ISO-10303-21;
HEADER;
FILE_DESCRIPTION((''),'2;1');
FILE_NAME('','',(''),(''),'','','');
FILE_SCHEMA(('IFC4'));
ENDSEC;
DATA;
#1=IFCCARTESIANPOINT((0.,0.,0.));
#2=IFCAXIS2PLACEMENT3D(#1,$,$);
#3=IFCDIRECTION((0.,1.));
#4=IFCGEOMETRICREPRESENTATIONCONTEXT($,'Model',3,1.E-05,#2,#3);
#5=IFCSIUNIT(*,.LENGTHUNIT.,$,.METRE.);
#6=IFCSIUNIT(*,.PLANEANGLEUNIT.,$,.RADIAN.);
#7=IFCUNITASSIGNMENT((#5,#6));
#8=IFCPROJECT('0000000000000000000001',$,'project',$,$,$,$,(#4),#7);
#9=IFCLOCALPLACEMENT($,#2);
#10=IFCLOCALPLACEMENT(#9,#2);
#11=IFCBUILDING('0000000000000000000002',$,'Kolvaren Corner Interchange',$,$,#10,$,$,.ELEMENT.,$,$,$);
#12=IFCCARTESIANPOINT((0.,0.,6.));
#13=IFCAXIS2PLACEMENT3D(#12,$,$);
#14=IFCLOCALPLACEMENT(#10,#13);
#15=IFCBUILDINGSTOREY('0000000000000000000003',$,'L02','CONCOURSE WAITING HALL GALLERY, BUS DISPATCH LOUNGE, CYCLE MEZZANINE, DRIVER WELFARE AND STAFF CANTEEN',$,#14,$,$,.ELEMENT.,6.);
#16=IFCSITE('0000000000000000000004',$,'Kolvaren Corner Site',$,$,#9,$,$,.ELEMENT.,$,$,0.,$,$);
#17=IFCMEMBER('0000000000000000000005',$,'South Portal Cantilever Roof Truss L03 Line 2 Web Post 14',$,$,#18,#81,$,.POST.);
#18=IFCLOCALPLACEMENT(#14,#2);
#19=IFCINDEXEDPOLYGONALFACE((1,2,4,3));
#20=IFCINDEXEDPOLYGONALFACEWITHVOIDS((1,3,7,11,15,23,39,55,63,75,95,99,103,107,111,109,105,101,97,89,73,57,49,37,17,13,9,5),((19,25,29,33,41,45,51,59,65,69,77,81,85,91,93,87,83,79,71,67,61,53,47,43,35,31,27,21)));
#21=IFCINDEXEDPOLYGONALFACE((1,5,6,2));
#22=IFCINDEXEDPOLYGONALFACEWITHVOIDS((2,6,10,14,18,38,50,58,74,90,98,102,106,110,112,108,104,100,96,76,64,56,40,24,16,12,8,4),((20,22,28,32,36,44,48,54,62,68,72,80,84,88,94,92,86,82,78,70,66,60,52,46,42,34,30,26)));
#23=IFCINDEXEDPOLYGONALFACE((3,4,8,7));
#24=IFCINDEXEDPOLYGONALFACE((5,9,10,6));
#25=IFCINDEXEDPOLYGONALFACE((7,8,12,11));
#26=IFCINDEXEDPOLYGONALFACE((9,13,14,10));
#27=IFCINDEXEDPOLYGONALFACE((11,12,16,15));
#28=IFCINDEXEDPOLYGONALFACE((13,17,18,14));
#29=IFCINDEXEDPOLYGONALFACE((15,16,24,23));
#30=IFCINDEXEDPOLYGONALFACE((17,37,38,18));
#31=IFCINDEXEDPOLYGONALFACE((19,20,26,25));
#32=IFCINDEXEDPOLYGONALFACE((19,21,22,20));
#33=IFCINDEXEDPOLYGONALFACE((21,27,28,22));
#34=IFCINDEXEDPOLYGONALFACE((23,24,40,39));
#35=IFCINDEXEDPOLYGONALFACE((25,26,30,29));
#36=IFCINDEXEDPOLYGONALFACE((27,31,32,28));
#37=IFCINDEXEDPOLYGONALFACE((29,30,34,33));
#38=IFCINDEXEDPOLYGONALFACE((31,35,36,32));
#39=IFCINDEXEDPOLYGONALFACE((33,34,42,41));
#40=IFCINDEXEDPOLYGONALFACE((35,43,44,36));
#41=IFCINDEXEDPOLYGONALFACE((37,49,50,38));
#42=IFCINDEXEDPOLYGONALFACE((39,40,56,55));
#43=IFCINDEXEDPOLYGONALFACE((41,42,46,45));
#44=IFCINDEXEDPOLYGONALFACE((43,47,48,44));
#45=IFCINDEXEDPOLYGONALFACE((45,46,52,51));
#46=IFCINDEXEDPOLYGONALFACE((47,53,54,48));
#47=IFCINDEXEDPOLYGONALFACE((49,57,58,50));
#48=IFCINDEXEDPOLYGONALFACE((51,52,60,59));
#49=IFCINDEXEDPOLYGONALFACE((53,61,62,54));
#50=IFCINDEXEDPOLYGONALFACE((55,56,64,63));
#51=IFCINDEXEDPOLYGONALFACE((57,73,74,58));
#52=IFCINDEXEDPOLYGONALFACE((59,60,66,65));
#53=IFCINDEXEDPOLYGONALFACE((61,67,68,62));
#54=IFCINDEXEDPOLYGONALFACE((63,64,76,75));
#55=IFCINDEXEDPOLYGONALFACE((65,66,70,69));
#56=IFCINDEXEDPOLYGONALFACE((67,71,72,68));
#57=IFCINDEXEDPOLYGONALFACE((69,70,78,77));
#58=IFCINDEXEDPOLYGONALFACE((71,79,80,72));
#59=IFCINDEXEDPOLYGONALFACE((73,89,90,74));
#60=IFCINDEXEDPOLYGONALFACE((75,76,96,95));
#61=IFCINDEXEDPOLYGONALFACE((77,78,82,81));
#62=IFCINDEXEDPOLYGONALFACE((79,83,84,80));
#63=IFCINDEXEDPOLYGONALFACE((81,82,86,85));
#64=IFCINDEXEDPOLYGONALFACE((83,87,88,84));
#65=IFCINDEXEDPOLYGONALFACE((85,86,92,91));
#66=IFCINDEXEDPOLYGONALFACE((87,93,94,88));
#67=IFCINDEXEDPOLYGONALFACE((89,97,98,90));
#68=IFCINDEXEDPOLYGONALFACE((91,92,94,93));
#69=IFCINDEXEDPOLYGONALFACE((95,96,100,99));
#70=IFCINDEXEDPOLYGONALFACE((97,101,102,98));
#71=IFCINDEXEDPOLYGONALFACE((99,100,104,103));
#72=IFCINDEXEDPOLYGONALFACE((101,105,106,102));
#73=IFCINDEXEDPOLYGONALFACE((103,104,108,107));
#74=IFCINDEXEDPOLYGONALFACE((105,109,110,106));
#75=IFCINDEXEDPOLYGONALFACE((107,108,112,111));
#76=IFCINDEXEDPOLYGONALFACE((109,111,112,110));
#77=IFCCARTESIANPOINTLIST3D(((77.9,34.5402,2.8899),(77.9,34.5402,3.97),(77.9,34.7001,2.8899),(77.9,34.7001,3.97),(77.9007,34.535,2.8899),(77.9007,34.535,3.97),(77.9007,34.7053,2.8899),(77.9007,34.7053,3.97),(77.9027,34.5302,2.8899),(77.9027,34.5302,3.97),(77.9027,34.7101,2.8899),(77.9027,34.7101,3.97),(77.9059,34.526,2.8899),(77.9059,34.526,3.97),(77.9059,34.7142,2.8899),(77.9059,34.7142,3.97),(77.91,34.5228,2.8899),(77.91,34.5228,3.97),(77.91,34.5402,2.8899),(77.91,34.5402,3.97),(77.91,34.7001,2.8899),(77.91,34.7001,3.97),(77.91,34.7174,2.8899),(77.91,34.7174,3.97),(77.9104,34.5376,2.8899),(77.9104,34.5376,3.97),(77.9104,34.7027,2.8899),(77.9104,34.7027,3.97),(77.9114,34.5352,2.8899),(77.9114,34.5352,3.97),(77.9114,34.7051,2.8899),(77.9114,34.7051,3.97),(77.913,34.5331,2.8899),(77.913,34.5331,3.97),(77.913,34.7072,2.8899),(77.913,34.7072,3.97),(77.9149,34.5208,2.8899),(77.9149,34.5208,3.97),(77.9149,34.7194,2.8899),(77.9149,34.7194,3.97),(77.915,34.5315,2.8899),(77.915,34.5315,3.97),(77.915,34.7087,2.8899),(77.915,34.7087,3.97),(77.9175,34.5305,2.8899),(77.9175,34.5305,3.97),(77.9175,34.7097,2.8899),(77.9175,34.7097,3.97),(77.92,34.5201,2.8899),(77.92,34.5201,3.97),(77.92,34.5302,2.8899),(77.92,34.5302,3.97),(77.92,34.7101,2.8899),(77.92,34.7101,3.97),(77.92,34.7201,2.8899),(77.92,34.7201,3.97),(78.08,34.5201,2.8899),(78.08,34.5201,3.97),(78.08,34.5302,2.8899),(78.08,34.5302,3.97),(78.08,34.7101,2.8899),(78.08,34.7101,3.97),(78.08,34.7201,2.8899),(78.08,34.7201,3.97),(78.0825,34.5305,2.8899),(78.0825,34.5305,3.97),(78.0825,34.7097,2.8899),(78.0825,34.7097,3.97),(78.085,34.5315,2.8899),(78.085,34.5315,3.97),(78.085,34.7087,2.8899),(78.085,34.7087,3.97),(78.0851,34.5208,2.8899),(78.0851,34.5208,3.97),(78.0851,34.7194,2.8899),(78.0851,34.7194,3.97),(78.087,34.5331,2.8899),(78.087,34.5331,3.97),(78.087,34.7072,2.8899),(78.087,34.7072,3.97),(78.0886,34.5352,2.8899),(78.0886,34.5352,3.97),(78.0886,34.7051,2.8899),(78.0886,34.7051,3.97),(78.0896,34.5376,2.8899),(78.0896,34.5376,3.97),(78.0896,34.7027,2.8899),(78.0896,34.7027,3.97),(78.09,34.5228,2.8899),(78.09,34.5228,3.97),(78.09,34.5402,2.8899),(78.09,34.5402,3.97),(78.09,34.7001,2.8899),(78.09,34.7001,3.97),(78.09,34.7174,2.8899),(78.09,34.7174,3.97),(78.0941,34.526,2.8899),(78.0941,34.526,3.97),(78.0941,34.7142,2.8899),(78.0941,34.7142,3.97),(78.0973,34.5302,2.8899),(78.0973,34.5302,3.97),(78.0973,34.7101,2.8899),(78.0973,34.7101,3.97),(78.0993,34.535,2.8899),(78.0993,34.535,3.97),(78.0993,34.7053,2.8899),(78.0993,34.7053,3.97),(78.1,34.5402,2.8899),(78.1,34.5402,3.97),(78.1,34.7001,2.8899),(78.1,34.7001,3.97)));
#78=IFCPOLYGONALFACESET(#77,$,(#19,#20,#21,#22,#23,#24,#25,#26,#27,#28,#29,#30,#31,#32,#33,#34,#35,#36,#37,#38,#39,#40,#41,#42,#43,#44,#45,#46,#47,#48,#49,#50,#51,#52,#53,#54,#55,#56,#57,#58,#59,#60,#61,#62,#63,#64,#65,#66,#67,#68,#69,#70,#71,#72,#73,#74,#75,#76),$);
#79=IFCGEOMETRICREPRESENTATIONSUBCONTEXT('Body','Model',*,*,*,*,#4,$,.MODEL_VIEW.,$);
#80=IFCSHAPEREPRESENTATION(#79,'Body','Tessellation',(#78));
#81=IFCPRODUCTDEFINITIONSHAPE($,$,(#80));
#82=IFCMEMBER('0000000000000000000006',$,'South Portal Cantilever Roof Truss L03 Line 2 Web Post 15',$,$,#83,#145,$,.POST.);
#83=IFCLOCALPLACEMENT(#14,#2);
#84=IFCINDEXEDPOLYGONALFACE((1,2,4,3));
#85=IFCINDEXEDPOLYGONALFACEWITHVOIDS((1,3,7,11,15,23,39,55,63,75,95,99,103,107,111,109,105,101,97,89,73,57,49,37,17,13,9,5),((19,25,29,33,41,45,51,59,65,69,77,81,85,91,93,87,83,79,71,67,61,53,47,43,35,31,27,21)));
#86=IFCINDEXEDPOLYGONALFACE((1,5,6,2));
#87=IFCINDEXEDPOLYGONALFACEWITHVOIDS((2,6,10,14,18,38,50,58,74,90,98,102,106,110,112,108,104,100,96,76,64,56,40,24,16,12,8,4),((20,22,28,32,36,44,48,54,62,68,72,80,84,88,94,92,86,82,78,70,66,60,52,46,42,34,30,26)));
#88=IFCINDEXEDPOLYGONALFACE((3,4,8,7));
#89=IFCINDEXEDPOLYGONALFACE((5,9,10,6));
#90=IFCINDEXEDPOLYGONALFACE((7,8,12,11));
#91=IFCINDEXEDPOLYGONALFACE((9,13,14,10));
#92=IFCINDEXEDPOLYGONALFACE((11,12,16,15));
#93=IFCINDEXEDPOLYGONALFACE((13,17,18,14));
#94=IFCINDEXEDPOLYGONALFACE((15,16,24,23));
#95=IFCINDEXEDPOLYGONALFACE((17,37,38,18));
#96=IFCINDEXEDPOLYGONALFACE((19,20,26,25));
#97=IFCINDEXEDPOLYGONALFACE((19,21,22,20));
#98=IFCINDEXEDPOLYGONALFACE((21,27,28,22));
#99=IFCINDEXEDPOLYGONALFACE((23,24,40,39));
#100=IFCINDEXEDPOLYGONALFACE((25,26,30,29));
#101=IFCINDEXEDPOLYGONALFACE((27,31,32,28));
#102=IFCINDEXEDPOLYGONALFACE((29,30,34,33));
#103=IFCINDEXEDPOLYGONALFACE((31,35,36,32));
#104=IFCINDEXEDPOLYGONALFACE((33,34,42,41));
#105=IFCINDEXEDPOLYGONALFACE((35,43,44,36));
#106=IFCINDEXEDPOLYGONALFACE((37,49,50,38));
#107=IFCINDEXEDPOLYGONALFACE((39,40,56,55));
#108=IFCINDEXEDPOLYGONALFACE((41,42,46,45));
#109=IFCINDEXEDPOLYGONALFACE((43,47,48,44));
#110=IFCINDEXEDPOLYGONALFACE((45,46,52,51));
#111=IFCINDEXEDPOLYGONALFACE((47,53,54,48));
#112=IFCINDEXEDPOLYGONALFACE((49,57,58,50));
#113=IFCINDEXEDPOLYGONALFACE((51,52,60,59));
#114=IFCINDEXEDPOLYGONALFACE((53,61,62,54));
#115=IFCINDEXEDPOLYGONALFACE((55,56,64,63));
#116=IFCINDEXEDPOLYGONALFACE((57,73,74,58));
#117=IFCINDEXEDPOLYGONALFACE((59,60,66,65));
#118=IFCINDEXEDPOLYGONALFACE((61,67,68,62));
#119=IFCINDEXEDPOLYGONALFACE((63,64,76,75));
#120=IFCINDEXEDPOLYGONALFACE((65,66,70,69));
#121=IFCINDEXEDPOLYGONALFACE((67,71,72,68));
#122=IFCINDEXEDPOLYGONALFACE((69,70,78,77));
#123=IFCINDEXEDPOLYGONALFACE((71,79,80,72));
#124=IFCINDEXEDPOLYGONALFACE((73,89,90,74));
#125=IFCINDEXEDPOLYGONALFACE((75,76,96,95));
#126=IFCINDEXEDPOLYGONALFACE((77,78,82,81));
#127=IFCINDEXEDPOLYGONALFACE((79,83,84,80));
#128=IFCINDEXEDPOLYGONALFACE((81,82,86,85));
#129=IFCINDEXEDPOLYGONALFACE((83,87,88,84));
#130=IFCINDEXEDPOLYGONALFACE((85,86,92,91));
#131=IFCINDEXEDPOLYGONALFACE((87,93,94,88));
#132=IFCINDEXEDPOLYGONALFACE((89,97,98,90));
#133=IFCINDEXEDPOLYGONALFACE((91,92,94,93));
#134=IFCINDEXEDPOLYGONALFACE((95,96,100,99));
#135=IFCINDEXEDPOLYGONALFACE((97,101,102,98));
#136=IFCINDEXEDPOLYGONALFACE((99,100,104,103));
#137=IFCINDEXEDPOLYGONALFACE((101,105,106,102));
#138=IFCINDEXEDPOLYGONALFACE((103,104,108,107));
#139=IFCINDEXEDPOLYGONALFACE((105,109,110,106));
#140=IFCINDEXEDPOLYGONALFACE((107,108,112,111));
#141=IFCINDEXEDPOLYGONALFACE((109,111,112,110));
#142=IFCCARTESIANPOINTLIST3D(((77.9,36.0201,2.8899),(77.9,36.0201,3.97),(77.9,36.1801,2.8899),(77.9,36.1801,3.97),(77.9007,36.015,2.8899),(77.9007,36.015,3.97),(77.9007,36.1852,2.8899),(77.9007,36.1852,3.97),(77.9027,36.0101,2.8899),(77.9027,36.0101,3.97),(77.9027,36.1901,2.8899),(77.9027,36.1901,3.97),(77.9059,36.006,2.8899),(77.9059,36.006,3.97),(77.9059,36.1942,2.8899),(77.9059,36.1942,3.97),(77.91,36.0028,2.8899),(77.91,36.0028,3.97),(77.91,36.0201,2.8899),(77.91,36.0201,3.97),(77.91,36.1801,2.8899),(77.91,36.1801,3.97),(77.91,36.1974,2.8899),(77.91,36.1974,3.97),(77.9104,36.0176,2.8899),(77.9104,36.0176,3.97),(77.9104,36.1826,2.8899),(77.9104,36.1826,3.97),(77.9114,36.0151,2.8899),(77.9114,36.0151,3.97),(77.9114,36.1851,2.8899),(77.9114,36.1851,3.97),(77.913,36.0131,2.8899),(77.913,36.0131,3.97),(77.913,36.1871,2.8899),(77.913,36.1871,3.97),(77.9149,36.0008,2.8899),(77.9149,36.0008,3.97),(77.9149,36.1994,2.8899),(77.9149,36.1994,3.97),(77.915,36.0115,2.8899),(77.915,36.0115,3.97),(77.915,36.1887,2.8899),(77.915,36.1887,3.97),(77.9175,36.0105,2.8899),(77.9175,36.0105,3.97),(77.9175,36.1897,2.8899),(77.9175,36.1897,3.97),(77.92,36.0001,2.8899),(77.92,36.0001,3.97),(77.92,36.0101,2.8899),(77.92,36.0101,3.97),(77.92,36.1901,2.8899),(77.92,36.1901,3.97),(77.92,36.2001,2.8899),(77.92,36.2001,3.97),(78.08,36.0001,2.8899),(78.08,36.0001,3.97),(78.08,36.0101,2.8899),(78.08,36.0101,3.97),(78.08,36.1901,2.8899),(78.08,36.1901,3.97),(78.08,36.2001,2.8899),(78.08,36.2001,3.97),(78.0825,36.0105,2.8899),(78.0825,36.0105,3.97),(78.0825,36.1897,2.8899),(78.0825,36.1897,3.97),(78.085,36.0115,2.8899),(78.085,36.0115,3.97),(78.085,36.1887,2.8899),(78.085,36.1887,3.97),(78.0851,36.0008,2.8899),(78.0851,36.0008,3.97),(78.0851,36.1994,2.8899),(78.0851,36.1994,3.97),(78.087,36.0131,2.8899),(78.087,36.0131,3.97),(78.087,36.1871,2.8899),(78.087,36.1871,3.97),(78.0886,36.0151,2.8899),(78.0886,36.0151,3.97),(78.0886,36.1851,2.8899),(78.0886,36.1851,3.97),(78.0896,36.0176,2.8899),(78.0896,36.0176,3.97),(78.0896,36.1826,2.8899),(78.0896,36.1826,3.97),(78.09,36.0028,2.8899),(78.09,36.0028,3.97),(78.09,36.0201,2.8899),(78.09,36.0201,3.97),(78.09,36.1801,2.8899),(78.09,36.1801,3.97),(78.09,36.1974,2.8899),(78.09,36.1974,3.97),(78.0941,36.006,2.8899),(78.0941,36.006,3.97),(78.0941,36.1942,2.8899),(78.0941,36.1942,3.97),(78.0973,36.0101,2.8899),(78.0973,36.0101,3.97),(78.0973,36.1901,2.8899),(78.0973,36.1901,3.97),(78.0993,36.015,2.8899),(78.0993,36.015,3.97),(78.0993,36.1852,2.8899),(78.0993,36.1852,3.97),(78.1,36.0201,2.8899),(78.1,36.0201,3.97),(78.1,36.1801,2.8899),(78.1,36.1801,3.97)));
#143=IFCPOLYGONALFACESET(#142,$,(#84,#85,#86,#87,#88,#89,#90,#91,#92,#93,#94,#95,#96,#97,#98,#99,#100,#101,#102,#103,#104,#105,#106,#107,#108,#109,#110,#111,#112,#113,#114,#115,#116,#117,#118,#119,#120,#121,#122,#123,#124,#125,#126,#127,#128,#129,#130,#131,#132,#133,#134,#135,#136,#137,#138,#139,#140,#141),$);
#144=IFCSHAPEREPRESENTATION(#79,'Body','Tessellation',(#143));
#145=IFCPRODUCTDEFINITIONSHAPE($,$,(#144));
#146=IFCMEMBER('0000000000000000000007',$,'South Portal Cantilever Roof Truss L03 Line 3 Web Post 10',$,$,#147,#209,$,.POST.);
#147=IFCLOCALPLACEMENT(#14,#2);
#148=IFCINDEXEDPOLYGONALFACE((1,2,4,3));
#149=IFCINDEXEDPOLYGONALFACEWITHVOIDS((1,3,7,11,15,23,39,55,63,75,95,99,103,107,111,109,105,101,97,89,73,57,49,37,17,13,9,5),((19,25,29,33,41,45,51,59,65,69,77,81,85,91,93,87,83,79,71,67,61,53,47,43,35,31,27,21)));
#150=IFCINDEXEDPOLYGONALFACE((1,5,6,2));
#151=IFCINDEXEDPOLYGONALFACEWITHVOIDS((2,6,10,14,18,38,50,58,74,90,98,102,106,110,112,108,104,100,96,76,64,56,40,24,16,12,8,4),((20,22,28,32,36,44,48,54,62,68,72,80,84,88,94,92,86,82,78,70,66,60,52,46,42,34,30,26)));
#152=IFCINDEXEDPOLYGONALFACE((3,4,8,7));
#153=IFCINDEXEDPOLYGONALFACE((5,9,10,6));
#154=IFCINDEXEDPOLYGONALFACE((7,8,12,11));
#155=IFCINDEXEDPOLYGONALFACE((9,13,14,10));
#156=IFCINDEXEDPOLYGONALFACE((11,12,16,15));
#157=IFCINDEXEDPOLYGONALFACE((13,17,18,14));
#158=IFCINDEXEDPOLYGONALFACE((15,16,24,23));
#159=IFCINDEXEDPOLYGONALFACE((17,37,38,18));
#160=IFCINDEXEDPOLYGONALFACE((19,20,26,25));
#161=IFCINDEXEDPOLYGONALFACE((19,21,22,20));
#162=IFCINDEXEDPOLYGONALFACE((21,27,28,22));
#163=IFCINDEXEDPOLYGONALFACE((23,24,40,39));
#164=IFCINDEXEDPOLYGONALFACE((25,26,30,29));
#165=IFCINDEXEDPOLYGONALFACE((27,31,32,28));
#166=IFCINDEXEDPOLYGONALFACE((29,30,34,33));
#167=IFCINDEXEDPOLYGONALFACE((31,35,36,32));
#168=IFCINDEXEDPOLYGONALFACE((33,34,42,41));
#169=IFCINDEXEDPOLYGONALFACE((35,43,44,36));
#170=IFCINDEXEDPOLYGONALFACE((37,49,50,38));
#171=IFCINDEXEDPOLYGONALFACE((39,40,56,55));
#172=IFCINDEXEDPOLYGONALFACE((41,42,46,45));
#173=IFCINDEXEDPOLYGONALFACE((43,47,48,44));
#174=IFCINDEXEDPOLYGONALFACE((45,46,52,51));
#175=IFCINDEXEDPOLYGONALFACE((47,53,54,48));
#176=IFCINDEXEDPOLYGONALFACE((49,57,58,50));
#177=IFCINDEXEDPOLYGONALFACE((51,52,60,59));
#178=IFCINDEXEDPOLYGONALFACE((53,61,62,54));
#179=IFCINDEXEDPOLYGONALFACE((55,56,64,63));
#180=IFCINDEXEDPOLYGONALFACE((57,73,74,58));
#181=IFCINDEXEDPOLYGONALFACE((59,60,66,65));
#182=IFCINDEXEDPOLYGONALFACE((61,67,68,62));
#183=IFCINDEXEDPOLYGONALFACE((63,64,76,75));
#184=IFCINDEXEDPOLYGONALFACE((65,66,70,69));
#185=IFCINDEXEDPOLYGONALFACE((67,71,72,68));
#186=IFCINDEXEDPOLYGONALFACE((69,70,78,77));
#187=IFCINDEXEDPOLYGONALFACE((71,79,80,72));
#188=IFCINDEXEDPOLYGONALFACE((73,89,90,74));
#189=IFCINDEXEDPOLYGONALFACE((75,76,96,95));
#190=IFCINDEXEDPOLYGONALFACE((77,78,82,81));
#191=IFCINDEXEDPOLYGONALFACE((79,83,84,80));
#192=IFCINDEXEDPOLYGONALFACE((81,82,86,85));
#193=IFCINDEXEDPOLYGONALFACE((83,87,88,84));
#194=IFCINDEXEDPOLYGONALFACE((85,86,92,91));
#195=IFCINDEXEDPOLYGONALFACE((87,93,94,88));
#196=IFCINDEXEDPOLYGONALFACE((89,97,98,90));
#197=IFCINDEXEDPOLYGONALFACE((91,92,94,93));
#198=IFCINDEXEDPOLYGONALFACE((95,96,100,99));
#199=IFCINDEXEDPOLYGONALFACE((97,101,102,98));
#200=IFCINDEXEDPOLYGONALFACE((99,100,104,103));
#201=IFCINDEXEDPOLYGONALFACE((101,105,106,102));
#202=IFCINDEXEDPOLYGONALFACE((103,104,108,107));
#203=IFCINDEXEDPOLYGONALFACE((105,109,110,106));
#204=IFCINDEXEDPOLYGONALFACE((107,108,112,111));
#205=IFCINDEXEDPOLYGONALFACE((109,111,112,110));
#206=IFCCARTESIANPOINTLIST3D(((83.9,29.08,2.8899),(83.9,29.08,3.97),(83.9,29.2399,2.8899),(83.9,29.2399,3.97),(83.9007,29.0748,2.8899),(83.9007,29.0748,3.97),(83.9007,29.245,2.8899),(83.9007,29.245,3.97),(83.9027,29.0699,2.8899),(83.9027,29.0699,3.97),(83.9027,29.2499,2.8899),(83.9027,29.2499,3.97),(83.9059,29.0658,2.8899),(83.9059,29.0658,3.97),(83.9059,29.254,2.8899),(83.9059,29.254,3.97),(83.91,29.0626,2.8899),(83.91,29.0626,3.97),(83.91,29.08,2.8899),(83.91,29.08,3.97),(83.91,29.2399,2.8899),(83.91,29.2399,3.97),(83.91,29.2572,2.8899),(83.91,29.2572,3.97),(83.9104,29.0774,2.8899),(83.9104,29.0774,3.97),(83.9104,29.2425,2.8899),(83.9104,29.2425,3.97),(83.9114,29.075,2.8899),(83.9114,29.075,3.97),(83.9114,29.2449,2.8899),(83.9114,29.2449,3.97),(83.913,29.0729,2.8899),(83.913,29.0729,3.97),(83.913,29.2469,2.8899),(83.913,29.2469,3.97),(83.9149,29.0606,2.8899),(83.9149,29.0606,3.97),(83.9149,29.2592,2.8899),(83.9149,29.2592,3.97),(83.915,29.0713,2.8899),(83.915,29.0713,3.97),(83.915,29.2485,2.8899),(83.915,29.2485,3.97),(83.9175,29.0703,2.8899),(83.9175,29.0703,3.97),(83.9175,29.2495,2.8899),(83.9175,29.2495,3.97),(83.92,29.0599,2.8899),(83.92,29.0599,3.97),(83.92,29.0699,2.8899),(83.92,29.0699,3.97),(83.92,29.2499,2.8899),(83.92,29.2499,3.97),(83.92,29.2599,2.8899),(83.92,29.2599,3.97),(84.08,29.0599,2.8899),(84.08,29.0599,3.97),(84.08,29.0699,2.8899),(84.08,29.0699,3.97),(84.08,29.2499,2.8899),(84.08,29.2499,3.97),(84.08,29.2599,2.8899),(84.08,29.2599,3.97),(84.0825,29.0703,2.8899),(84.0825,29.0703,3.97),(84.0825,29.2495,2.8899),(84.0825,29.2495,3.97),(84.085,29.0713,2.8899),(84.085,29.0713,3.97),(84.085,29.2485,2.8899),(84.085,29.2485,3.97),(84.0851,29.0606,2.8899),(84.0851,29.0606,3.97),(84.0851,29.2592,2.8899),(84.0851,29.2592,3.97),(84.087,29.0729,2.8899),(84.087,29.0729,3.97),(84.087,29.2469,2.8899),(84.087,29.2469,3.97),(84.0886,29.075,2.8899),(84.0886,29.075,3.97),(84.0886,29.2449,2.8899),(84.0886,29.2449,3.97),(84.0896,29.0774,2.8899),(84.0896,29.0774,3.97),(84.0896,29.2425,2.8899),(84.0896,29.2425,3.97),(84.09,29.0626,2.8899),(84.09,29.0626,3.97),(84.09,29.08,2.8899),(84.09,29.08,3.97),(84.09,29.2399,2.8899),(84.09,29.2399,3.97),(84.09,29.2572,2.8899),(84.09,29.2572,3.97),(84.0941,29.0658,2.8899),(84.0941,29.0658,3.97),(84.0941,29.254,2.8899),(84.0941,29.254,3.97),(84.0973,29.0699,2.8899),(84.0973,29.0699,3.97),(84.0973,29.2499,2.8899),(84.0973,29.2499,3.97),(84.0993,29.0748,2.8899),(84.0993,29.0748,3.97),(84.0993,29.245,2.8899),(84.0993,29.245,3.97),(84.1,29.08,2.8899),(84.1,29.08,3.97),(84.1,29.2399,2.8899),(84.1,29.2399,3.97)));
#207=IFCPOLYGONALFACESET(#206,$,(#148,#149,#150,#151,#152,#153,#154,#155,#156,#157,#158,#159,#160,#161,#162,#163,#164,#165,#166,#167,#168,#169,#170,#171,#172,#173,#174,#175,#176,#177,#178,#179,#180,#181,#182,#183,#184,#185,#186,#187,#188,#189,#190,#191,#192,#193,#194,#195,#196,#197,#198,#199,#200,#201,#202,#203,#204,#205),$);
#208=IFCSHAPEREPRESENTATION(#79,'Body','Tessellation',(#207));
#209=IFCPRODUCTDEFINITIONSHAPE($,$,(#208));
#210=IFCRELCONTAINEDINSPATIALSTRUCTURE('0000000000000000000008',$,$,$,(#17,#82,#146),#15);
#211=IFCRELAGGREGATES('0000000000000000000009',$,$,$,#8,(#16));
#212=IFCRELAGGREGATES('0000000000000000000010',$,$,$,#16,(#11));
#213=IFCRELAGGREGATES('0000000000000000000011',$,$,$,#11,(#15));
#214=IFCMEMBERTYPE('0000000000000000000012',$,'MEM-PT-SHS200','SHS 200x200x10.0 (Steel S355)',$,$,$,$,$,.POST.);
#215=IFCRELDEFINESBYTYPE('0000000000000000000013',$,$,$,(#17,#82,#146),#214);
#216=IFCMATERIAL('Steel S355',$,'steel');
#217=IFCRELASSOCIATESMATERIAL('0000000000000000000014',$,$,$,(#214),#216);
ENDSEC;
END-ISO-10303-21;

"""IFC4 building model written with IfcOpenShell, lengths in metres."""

from ifc_helpers import new_model, si_unit, direction, frame, origin, origin_2d, place, context, subcontext, project, spatial, hollow_rectangle, extrude, material, material_profile, profile_set, type_object, element, save


model = new_model("IFC4")

# Units and contexts
model_context = context("Model", 3, precision=1e-05, world=origin(), true_north=direction((0.0, 1.0)))
body_context = subcontext(model_context, "Body", "Model", "MODEL_VIEW")
ifc_project = project(units=[si_unit("LENGTHUNIT", "METRE"), si_unit("PLANEANGLEUNIT", "RADIAN")], contexts=[model_context])

# Site, building, storey
site_placement = place(None, origin())
site = spatial("IfcSite", under=ifc_project, at=site_placement, Name="Kolvaren Corner Site", CompositionType="ELEMENT", RefElevation=0.0)
building_placement = place(site_placement, origin())
building = spatial("IfcBuilding", under=site, at=building_placement, Name="Kolvaren Corner Interchange", CompositionType="ELEMENT")
storey_placement = place(building_placement, frame((0.0, 0.0, 6.0)))
storey = spatial("IfcBuildingStorey", under=building, at=storey_placement, Name="L02", Description="CONCOURSE WAITING HALL GALLERY, BUS DISPATCH LOUNGE, CYCLE MEZZANINE, DRIVER WELFARE AND STAFF CANTEEN", CompositionType="ELEMENT", Elevation=6.0)

# Members
ifc_material_1 = material(Name="Steel S355", Category="steel")
ifc_material_profile_1 = material_profile(ifc_material_1, hollow_rectangle(XDim=0.2, YDim=0.2, WallThickness=0.01, InnerFilletRadius=0.01, OuterFilletRadius=0.02, at=origin_2d()), Name="SHS 200x200x10.0")
ifc_profile_set_1 = profile_set([ifc_material_profile_1], Name="Steel S355")
member_type_1 = type_object("IfcMemberType", Name="MEM-PT-SHS200", Description="SHS 200x200x10.0 (Steel S355)", PredefinedType="POST", material=ifc_profile_set_1)
for number, where, z_axis, x_axis, name in (
    (1, (78.0, 34.6201, 2.8899), (0.0, 0.0, 1.0), (1.0, 0.0, 0.0), "South Portal Cantilever Roof Truss L03 Line 2 Web Post 14"),
    (2, (78.0, 36.1001, 2.8899), (0.0, 0.0, 1.0), (1.0, 0.0, 0.0), "South Portal Cantilever Roof Truss L03 Line 2 Web Post 15"),
    (3, (84.0, 29.1599, 2.8899), (0.0, 0.0, 1.0), (1.0, 0.0, 0.0), "South Portal Cantilever Roof Truss L03 Line 3 Web Post 10"),
):
    element("IfcMember", number, at=place(storey_placement, frame(where, z_axis=z_axis, x_axis=x_axis)), inside=storey, type_object=member_type_1, Name=name, PredefinedType="POST", context=body_context, shape_type="SweptSolid", body=[
        extrude(hollow_rectangle(XDim=0.2, YDim=0.2, WallThickness=0.01, InnerFilletRadius=0.01, OuterFilletRadius=0.02, at=origin_2d()), origin(), (0.0, 0.0, 1.0), 1.0801),
    ])

save(model, "model.ifc")
